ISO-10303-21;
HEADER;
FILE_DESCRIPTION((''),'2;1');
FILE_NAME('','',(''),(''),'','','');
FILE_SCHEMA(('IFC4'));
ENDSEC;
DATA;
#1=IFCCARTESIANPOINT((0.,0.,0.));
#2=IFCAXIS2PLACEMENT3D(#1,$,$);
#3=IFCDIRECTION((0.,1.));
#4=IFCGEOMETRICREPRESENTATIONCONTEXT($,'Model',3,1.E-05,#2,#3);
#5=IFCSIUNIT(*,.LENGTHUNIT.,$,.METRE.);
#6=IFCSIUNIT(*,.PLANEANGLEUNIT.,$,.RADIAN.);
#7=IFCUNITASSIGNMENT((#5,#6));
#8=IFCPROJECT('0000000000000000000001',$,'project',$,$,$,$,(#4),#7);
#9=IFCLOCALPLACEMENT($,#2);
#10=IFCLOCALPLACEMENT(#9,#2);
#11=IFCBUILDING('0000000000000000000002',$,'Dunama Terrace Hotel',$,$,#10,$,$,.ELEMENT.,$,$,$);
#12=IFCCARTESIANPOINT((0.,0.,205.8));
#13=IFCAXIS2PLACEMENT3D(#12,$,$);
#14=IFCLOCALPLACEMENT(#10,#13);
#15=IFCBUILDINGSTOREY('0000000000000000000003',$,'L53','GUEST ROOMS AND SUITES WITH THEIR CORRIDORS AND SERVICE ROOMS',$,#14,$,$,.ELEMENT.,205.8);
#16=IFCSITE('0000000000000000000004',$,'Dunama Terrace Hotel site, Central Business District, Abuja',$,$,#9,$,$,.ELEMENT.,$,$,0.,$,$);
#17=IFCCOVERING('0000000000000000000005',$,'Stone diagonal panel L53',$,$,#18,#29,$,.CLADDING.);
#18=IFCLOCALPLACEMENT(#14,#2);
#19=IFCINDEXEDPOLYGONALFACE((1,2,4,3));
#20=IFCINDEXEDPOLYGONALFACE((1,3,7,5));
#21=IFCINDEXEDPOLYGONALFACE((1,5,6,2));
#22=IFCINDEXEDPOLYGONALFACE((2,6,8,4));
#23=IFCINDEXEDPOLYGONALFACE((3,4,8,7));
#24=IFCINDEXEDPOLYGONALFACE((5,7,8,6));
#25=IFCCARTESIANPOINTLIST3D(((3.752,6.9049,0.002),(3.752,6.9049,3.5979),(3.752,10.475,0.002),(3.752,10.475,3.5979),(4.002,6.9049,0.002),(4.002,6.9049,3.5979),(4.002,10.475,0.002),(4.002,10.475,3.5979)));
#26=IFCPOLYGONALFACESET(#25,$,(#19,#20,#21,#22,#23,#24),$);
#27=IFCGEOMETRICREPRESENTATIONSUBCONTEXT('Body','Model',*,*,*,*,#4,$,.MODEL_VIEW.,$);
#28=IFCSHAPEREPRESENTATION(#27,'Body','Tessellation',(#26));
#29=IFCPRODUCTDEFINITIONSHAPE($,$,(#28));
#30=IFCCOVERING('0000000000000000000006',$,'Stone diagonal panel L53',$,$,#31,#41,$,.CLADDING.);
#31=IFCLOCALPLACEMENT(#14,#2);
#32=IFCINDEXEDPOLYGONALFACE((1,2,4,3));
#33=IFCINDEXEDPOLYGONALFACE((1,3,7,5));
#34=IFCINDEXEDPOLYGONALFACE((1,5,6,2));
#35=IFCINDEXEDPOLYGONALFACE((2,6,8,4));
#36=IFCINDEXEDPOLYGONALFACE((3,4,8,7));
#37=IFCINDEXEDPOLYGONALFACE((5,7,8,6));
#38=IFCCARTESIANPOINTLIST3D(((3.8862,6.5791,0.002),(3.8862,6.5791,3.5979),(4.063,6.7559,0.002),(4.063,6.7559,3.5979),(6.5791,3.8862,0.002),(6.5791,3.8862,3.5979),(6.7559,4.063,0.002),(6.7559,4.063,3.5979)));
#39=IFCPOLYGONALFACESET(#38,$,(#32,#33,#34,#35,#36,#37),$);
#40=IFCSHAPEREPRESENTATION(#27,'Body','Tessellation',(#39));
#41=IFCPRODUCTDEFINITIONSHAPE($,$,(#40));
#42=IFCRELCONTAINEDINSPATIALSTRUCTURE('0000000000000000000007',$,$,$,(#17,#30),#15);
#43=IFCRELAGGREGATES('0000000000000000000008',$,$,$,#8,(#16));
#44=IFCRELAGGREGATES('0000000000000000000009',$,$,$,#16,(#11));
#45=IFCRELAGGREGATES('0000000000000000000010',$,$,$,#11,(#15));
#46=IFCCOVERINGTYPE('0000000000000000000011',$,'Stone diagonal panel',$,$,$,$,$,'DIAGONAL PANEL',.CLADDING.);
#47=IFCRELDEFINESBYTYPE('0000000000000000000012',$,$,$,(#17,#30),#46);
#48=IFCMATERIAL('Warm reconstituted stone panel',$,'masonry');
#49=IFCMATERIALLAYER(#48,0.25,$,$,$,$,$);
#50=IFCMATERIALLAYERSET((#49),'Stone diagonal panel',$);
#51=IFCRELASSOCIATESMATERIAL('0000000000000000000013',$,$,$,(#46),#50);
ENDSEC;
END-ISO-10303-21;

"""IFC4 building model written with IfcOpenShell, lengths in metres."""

from ifc_helpers import new_model, si_unit, direction, frame, origin, origin_2d, place, context, subcontext, project, spatial, rectangle, extrude, material, layer, layer_set, type_object, element, save


model = new_model("IFC4")

# Units and contexts
model_context = context("Model", 3, precision=1e-05, world=origin(), true_north=direction((0.0, 1.0)))
body_context = subcontext(model_context, "Body", "Model", "MODEL_VIEW")
ifc_project = project(units=[si_unit("LENGTHUNIT", "METRE"), si_unit("PLANEANGLEUNIT", "RADIAN")], contexts=[model_context])

# Site, building, storey
site_placement = place(None, origin())
site = spatial("IfcSite", under=ifc_project, at=site_placement, Name="Dunama Terrace Hotel site, Central Business District, Abuja", CompositionType="ELEMENT", RefElevation=0.0)
building_placement = place(site_placement, origin())
building = spatial("IfcBuilding", under=site, at=building_placement, Name="Dunama Terrace Hotel", CompositionType="ELEMENT")
storey_placement = place(building_placement, frame((0.0, 0.0, 205.8)))
storey = spatial("IfcBuildingStorey", under=building, at=storey_placement, Name="L53", Description="GUEST ROOMS AND SUITES WITH THEIR CORRIDORS AND SERVICE ROOMS", CompositionType="ELEMENT", Elevation=205.8)

# Coverings
ifc_material_1 = material(Name="Warm reconstituted stone panel", Category="masonry")
ifc_layer_1 = layer(ifc_material_1, 0.25)
ifc_layer_set_1 = layer_set([ifc_layer_1], Name="Stone diagonal panel")
covering_type = type_object("IfcCoveringType", Name="Stone diagonal panel", ElementType="DIAGONAL PANEL", PredefinedType="CLADDING", material=ifc_layer_set_1)
for number, where, z_axis, x_axis, name in (
    (1, (3.877, 8.6899, 0.002), (0.0, 0.0, 1.0), (0.0, -1.0, 0.0), "Stone diagonal panel L53"),
):
    element("IfcCovering", number, at=place(storey_placement, frame(where, z_axis=z_axis, x_axis=x_axis)), inside=storey, type_object=covering_type, Name=name, PredefinedType="CLADDING", context=body_context, shape_type="SweptSolid", body=[
        extrude(rectangle(XDim=3.5701, YDim=0.25, at=origin_2d()), origin(), (0.0, 0.0, 1.0), 3.5959),
    ])
covering_placement = place(storey_placement, frame((5.321, 5.321, 0.002), z_axis=(0.0, 0.0, 1.0), x_axis=(0.707107, -0.707107, 0.0)))
element("IfcCovering", 2, at=covering_placement, inside=storey, type_object=covering_type, Name="Stone diagonal panel L53", PredefinedType="CLADDING", context=body_context, shape_type="SweptSolid", body=[
    extrude(rectangle(XDim=3.8083, YDim=0.25, at=origin_2d()), origin(), (0.0, 0.0, 1.0), 3.5959),
])

save(model, "model.ifc")
